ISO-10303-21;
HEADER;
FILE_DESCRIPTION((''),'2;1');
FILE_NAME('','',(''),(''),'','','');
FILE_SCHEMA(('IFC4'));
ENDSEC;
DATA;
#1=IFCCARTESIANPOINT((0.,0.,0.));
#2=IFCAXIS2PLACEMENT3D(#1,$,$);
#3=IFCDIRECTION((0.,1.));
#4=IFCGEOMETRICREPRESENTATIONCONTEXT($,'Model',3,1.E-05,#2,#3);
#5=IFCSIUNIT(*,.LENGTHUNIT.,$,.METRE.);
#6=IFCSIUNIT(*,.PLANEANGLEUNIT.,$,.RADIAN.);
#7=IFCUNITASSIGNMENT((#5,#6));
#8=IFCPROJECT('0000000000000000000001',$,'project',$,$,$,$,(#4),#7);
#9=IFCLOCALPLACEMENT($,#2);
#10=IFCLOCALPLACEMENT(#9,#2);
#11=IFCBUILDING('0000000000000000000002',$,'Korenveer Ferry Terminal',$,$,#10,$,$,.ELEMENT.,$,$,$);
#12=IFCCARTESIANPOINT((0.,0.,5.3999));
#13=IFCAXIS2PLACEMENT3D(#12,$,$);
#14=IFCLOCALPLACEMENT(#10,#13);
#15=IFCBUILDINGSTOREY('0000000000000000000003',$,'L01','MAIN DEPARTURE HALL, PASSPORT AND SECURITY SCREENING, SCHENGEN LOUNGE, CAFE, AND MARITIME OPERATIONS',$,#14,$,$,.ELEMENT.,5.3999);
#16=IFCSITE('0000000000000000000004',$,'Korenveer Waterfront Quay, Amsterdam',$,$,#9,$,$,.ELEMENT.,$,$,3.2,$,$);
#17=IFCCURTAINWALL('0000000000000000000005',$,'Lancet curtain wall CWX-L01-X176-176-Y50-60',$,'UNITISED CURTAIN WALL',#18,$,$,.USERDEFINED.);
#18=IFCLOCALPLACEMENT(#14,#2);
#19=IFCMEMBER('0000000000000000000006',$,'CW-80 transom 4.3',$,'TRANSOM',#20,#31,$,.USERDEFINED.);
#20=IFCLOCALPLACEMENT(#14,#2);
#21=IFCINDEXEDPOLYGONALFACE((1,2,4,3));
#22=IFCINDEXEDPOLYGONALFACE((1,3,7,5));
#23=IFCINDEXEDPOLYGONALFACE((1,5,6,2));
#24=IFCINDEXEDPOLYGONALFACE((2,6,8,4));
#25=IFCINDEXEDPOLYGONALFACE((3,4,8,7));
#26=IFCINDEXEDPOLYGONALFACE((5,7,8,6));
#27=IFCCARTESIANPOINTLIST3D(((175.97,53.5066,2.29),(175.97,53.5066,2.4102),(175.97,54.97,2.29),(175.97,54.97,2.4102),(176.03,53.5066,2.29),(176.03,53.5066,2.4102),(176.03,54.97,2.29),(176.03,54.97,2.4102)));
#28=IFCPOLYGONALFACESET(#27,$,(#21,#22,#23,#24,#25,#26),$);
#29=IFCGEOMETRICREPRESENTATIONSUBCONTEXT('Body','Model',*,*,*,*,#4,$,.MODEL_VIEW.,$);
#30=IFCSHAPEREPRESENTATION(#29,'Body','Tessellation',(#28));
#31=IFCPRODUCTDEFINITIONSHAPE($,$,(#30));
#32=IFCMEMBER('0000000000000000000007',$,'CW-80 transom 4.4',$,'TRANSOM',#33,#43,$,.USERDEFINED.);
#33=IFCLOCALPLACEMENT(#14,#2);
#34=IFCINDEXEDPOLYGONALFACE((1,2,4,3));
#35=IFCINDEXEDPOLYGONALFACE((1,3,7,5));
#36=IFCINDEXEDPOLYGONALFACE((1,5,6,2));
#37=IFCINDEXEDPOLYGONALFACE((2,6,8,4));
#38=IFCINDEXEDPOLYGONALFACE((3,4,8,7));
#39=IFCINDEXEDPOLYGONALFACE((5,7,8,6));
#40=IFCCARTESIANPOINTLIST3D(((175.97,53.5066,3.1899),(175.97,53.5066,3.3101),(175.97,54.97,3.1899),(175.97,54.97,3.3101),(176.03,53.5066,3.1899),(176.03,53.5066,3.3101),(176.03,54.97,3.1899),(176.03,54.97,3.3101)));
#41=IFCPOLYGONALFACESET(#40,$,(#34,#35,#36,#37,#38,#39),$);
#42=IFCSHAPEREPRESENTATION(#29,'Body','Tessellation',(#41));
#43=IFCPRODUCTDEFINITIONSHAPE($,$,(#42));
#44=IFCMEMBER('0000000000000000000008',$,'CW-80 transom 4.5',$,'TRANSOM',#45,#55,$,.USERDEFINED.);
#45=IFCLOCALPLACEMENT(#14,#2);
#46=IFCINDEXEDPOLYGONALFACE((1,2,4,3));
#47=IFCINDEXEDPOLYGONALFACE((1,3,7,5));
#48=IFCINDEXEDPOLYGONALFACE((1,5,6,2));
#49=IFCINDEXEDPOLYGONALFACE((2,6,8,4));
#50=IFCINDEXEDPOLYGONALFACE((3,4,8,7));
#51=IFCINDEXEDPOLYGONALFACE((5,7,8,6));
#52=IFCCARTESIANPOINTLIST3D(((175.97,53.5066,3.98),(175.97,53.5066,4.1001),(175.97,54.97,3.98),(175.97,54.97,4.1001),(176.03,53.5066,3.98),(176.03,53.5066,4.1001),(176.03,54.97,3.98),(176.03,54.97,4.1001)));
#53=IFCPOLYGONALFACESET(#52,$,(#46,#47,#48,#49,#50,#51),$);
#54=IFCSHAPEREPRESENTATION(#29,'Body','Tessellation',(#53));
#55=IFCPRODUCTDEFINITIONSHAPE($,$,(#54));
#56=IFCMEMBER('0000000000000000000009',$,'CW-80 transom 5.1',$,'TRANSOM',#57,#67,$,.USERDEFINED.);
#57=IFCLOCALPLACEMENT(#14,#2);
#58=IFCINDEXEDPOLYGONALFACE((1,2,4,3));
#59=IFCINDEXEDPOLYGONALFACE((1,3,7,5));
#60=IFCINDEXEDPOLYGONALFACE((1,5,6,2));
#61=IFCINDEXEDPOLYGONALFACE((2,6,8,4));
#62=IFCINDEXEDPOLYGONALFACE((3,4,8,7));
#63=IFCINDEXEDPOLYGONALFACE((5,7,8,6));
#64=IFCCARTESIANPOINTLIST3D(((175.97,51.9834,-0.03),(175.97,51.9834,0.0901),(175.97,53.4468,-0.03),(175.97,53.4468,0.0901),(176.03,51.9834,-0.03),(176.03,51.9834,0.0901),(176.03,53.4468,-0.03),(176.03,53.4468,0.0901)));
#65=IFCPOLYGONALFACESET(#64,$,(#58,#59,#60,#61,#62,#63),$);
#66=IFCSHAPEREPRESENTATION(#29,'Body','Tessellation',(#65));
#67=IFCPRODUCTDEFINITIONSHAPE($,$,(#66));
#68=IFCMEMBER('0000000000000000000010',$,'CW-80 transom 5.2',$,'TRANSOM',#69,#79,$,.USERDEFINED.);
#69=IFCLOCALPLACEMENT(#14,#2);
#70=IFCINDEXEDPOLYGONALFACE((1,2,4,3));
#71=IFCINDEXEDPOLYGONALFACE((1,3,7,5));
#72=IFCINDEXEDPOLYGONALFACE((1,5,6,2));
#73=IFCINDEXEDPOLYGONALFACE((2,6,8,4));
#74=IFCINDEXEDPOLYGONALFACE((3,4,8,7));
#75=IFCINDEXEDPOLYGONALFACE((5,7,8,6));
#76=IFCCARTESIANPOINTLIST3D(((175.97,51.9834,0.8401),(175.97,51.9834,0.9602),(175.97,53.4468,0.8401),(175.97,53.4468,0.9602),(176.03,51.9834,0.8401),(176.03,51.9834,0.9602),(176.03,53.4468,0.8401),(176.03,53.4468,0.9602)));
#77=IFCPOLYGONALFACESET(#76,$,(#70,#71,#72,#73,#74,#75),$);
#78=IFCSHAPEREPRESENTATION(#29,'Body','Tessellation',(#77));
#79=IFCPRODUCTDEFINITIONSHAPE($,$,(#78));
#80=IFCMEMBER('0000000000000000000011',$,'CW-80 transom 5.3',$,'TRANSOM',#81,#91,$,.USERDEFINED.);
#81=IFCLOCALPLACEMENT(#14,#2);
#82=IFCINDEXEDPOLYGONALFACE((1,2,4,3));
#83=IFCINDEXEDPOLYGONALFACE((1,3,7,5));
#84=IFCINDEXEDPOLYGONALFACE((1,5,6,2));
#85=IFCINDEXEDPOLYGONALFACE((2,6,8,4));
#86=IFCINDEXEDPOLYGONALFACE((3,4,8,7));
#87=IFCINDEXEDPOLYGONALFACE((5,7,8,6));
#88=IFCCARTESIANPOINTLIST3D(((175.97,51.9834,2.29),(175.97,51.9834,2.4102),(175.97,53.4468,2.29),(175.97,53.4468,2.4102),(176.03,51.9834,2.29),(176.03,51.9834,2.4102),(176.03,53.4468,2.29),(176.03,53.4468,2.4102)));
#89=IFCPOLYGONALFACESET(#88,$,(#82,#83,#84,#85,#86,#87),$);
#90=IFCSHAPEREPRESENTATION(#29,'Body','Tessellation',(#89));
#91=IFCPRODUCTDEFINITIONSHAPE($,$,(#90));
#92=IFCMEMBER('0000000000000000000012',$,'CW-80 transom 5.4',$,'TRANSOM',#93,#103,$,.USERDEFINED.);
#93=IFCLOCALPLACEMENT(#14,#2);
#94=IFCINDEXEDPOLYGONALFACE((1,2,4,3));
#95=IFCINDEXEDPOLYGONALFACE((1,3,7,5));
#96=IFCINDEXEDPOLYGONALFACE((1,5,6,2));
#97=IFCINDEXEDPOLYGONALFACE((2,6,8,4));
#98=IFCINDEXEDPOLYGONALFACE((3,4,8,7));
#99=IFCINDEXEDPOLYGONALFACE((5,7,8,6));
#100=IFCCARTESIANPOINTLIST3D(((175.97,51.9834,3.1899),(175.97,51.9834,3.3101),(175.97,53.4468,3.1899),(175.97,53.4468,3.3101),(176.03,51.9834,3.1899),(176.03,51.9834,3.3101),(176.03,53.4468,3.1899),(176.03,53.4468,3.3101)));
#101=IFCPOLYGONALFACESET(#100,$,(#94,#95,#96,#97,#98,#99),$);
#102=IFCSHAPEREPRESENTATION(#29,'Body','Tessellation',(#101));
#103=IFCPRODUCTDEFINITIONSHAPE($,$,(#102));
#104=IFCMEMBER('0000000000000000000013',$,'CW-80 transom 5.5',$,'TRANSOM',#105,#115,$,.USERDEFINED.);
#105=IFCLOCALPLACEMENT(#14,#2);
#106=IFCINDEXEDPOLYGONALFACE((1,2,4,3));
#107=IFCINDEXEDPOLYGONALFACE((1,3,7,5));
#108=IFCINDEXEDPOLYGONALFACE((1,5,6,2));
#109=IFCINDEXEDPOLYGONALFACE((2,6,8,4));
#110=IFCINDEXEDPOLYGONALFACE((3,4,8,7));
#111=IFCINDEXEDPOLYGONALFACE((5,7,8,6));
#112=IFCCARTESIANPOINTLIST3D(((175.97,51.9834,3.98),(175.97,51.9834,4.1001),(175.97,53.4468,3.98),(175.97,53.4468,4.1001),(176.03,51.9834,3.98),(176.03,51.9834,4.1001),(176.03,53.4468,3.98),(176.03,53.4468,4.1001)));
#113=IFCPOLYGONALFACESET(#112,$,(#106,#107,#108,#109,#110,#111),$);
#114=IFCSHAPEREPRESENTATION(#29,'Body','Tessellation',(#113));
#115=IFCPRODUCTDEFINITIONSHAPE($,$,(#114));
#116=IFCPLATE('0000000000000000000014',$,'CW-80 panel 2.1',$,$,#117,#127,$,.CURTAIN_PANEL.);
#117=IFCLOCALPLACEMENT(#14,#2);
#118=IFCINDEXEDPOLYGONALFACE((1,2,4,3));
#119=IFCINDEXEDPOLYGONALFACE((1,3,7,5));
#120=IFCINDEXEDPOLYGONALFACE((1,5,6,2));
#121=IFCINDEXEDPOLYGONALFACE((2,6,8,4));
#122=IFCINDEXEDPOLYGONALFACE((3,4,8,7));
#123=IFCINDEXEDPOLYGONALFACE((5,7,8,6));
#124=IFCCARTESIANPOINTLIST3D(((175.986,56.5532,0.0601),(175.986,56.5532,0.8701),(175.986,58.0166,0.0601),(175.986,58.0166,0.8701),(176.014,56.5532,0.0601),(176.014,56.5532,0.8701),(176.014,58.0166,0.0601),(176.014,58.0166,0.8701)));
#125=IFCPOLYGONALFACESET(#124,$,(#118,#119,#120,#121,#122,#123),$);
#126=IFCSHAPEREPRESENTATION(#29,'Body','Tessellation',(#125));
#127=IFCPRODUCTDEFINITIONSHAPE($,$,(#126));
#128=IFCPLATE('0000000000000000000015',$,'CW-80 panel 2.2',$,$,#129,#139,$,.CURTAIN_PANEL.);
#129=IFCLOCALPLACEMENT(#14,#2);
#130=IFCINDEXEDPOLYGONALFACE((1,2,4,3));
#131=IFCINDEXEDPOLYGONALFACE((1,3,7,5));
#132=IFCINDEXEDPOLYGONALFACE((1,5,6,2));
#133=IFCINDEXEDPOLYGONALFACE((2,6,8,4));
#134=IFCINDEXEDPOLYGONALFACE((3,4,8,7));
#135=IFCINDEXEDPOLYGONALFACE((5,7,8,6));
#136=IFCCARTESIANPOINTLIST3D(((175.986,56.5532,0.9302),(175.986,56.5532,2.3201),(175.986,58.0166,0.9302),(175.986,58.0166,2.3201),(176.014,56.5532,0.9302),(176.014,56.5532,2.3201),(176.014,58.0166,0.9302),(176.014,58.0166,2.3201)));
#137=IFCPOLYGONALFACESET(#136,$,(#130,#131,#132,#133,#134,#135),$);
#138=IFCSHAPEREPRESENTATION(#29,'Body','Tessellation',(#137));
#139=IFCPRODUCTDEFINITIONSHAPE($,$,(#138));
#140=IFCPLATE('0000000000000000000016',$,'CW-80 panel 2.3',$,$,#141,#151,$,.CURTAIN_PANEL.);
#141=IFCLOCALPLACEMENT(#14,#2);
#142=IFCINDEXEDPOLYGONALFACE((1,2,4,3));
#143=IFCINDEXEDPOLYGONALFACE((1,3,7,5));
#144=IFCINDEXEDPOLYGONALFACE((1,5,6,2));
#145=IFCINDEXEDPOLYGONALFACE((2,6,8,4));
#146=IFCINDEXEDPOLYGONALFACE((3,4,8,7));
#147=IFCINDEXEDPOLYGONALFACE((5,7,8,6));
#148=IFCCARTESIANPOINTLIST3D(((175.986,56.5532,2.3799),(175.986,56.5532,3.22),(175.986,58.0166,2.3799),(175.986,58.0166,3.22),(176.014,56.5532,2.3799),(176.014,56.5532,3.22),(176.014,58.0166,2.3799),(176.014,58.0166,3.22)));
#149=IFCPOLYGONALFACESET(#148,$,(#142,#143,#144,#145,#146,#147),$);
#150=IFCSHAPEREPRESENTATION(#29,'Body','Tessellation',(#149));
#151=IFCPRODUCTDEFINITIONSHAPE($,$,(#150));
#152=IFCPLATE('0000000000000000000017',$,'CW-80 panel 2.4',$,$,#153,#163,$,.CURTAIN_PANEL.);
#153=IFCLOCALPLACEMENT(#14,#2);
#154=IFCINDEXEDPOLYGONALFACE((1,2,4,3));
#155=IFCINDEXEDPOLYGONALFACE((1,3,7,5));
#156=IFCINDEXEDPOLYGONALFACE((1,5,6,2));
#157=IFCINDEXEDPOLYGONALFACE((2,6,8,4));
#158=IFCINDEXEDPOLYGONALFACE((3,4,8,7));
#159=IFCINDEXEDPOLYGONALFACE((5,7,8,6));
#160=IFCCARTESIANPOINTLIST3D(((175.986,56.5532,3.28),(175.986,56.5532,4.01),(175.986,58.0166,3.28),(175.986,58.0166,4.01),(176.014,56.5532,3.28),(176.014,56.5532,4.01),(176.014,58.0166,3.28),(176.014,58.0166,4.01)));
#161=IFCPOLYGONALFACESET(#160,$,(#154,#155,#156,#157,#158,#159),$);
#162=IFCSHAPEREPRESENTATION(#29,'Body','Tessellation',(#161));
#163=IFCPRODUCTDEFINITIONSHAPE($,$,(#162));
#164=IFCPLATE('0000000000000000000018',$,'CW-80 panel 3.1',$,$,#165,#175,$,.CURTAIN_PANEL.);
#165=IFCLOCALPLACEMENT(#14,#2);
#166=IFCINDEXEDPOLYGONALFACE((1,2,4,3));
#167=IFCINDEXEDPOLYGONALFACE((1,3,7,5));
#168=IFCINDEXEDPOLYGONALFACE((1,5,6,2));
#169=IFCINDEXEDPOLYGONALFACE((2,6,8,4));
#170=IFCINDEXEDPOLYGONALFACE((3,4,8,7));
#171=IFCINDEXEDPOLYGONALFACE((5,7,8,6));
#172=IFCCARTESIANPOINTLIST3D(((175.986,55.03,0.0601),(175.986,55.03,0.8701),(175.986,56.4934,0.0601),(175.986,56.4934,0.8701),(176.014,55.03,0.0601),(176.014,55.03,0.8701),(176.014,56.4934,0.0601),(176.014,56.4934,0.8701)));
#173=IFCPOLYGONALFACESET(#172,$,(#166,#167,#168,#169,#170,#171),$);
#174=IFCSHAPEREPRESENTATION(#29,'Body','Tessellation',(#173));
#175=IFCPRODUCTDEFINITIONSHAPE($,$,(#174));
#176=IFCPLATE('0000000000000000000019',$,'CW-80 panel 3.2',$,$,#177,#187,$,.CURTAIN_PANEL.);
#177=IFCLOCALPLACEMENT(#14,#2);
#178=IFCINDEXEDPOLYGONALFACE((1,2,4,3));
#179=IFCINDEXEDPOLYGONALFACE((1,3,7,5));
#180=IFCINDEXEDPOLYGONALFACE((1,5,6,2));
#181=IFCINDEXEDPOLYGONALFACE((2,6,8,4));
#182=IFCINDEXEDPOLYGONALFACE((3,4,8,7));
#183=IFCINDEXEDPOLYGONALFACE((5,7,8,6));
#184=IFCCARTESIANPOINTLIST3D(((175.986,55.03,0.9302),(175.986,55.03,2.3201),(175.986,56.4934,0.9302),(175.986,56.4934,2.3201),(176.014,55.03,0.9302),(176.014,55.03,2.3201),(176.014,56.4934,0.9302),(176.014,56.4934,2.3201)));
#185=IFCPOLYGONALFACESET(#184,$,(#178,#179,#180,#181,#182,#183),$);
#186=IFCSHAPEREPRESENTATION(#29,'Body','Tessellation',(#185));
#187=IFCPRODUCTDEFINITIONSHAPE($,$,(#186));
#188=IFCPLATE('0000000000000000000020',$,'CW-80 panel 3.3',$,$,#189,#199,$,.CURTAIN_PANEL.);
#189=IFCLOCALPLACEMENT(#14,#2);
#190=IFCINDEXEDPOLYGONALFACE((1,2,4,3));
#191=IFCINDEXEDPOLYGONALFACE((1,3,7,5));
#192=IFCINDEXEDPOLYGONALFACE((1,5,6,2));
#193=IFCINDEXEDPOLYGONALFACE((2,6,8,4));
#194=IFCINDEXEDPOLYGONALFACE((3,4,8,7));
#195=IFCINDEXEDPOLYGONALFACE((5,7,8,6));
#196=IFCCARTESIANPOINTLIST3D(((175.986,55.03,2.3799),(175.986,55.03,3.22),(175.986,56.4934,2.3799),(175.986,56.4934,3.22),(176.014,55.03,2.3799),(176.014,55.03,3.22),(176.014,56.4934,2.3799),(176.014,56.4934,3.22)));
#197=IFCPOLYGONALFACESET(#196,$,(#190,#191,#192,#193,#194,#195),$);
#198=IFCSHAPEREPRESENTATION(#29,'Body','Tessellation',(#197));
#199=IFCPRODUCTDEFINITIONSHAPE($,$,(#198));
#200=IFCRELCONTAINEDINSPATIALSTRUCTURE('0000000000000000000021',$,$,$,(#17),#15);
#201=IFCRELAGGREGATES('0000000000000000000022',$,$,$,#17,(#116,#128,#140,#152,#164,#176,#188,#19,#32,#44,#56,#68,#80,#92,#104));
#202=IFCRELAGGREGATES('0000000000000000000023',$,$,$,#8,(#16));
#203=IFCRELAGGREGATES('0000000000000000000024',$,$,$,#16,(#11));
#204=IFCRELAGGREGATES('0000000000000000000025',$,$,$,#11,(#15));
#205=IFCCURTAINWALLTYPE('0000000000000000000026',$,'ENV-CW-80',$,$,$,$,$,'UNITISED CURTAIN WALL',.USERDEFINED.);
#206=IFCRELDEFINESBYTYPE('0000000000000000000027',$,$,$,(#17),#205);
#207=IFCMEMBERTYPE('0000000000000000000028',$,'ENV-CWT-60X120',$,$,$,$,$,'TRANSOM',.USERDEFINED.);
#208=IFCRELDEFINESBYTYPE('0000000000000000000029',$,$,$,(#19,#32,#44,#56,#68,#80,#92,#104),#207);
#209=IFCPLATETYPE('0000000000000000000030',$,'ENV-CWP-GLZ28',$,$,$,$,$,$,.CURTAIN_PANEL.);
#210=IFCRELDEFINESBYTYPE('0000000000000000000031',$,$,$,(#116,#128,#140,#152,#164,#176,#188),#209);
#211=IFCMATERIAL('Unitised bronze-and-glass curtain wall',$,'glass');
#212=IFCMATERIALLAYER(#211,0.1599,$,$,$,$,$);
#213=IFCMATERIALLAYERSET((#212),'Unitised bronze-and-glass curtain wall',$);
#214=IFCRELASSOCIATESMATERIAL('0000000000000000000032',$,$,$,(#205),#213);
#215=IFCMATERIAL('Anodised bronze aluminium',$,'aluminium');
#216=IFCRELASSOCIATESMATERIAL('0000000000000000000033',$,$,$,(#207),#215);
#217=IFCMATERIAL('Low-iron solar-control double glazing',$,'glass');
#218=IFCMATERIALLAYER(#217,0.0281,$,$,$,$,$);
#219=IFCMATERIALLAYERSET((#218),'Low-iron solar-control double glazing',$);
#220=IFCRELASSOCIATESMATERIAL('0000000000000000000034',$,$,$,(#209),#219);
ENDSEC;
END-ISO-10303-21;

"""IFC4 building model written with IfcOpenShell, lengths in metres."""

from ifc_helpers import new_model, si_unit, direction, frame, origin, origin_2d, place, context, subcontext, project, spatial, rectangle, extrude, material, layer, layer_set, material_profile, profile_set, type_object, element, aggregate, save


model = new_model("IFC4")

# Units and contexts
model_context = context("Model", 3, precision=1e-05, world=origin(), true_north=direction((0.0, 1.0)))
body_context = subcontext(model_context, "Body", "Model", "MODEL_VIEW")
ifc_project = project(units=[si_unit("LENGTHUNIT", "METRE"), si_unit("PLANEANGLEUNIT", "RADIAN")], contexts=[model_context])

# Site, building, storey
site_placement = place(None, origin())
site = spatial("IfcSite", under=ifc_project, at=site_placement, Name="Korenveer Waterfront Quay, Amsterdam", CompositionType="ELEMENT", RefElevation=3.2)
building_placement = place(site_placement, origin())
building = spatial("IfcBuilding", under=site, at=building_placement, Name="Korenveer Ferry Terminal", CompositionType="ELEMENT")
storey_placement = place(building_placement, frame((0.0, 0.0, 5.3999)))
storey = spatial("IfcBuildingStorey", under=building, at=storey_placement, Name="L01", Description="MAIN DEPARTURE HALL, PASSPORT AND SECURITY SCREENING, SCHENGEN LOUNGE, CAFE, AND MARITIME OPERATIONS", CompositionType="ELEMENT", Elevation=5.3999)

# Curtain wall, members, plates
ifc_material_1 = material(Name="Unitised bronze-and-glass curtain wall", Category="glass")
ifc_layer_1 = layer(ifc_material_1, 0.1599)
ifc_layer_set_1 = layer_set([ifc_layer_1], Name="Unitised bronze-and-glass curtain wall")
curtain_wall_type = type_object("IfcCurtainWallType", Name="ENV-CW-80", ElementType="UNITISED CURTAIN WALL", PredefinedType="USERDEFINED", material=ifc_layer_set_1)
curtain_wall_placement = place(storey_placement, frame((176.0, 59.5701, 0.0)))
curtain_wall = element("IfcCurtainWall", 1, at=curtain_wall_placement, inside=storey, type_object=curtain_wall_type, Name="Lancet curtain wall CWX-L01-X176-176-Y50-60", ObjectType="UNITISED CURTAIN WALL", PredefinedType="USERDEFINED")
ifc_material_2 = material(Name="Anodised bronze aluminium", Category="aluminium")
ifc_material_profile_1 = material_profile(ifc_material_2, rectangle(XDim=0.0601, YDim=0.1201, at=origin_2d()), Name="ALU 60x120")
ifc_profile_set_1 = profile_set([ifc_material_profile_1], Name="Anodised bronze aluminium")
member_type_1 = type_object("IfcMemberType", Name="ENV-CWT-60X120", ElementType="TRANSOM", PredefinedType="USERDEFINED", material=ifc_profile_set_1)
member_1_placement = place(storey_placement, frame((176.0, 54.97, 2.3501), z_axis=(0.0, -1.0, 0.0), x_axis=(1.0, 0.0, 0.0)))
member_1 = element("IfcMember", 2, at=member_1_placement, type_object=member_type_1, Name="CW-80 transom 4.3", ObjectType="TRANSOM", PredefinedType="USERDEFINED", context=body_context, shape_type="SweptSolid", body=[
    extrude(rectangle(XDim=0.0601, YDim=0.1201, at=origin_2d()), origin(), (0.0, 0.0, 1.0), 1.4634),
])
member_2_placement = place(storey_placement, frame((176.0, 54.97, 3.25), z_axis=(0.0, -1.0, 0.0), x_axis=(1.0, 0.0, 0.0)))
member_2 = element("IfcMember", 3, at=member_2_placement, type_object=member_type_1, Name="CW-80 transom 4.4", ObjectType="TRANSOM", PredefinedType="USERDEFINED", context=body_context, shape_type="SweptSolid", body=[
    extrude(rectangle(XDim=0.0601, YDim=0.1201, at=origin_2d()), origin(), (0.0, 0.0, 1.0), 1.4634),
])
member_3_placement = place(storey_placement, frame((176.0, 54.97, 4.04), z_axis=(0.0, -1.0, 0.0), x_axis=(1.0, 0.0, 0.0)))
member_3 = element("IfcMember", 4, at=member_3_placement, type_object=member_type_1, Name="CW-80 transom 4.5", ObjectType="TRANSOM", PredefinedType="USERDEFINED", context=body_context, shape_type="SweptSolid", body=[
    extrude(rectangle(XDim=0.0601, YDim=0.1201, at=origin_2d()), origin(), (0.0, 0.0, 1.0), 1.4634),
])
member_4_placement = place(storey_placement, frame((176.0, 53.4468, 0.03), z_axis=(0.0, -1.0, 0.0), x_axis=(1.0, 0.0, 0.0)))
member_4 = element("IfcMember", 5, at=member_4_placement, type_object=member_type_1, Name="CW-80 transom 5.1", ObjectType="TRANSOM", PredefinedType="USERDEFINED", context=body_context, shape_type="SweptSolid", body=[
    extrude(rectangle(XDim=0.0601, YDim=0.1201, at=origin_2d()), origin(), (0.0, 0.0, 1.0), 1.4634),
])
member_5_placement = place(storey_placement, frame((176.0, 53.4468, 0.9001), z_axis=(0.0, -1.0, 0.0), x_axis=(1.0, 0.0, 0.0)))
member_5 = element("IfcMember", 6, at=member_5_placement, type_object=member_type_1, Name="CW-80 transom 5.2", ObjectType="TRANSOM", PredefinedType="USERDEFINED", context=body_context, shape_type="SweptSolid", body=[
    extrude(rectangle(XDim=0.0601, YDim=0.1201, at=origin_2d()), origin(), (0.0, 0.0, 1.0), 1.4634),
])
member_6_placement = place(storey_placement, frame((176.0, 53.4468, 2.3501), z_axis=(0.0, -1.0, 0.0), x_axis=(1.0, 0.0, 0.0)))
member_6 = element("IfcMember", 7, at=member_6_placement, type_object=member_type_1, Name="CW-80 transom 5.3", ObjectType="TRANSOM", PredefinedType="USERDEFINED", context=body_context, shape_type="SweptSolid", body=[
    extrude(rectangle(XDim=0.0601, YDim=0.1201, at=origin_2d()), origin(), (0.0, 0.0, 1.0), 1.4634),
])
member_7_placement = place(storey_placement, frame((176.0, 53.4468, 3.25), z_axis=(0.0, -1.0, 0.0), x_axis=(1.0, 0.0, 0.0)))
member_7 = element("IfcMember", 8, at=member_7_placement, type_object=member_type_1, Name="CW-80 transom 5.4", ObjectType="TRANSOM", PredefinedType="USERDEFINED", context=body_context, shape_type="SweptSolid", body=[
    extrude(rectangle(XDim=0.0601, YDim=0.1201, at=origin_2d()), origin(), (0.0, 0.0, 1.0), 1.4634),
])
member_8_placement = place(storey_placement, frame((176.0, 53.4468, 4.04), z_axis=(0.0, -1.0, 0.0), x_axis=(1.0, 0.0, 0.0)))
member_8 = element("IfcMember", 9, at=member_8_placement, type_object=member_type_1, Name="CW-80 transom 5.5", ObjectType="TRANSOM", PredefinedType="USERDEFINED", context=body_context, shape_type="SweptSolid", body=[
    extrude(rectangle(XDim=0.0601, YDim=0.1201, at=origin_2d()), origin(), (0.0, 0.0, 1.0), 1.4634),
])
ifc_material_3 = material(Name="Low-iron solar-control double glazing", Category="glass")
ifc_layer_2 = layer(ifc_material_3, 0.0281)
ifc_layer_set_2 = layer_set([ifc_layer_2], Name="Low-iron solar-control double glazing")
plate_type = type_object("IfcPlateType", Name="ENV-CWP-GLZ28", PredefinedType="CURTAIN_PANEL", material=ifc_layer_set_2)
plate_1_placement = place(storey_placement, frame((176.0, 57.2849, 0.0601), z_axis=(0.0, 0.0, 1.0), x_axis=(0.0, -1.0, 0.0)))
plate_1 = element("IfcPlate", 10, at=plate_1_placement, type_object=plate_type, Name="CW-80 panel 2.1", PredefinedType="CURTAIN_PANEL", context=body_context, shape_type="SweptSolid", body=[
    extrude(rectangle(XDim=1.4634, YDim=0.0281, at=origin_2d()), origin(), (0.0, 0.0, 1.0), 0.8101),
])
plate_2_placement = place(storey_placement, frame((176.0, 57.2849, 0.9302), z_axis=(0.0, 0.0, 1.0), x_axis=(0.0, -1.0, 0.0)))
plate_2 = element("IfcPlate", 11, at=plate_2_placement, type_object=plate_type, Name="CW-80 panel 2.2", PredefinedType="CURTAIN_PANEL", context=body_context, shape_type="SweptSolid", body=[
    extrude(rectangle(XDim=1.4634, YDim=0.0281, at=origin_2d()), origin(), (0.0, 0.0, 1.0), 1.3899),
])
plate_3_placement = place(storey_placement, frame((176.0, 57.2849, 2.3799), z_axis=(0.0, 0.0, 1.0), x_axis=(0.0, -1.0, 0.0)))
plate_3 = element("IfcPlate", 12, at=plate_3_placement, type_object=plate_type, Name="CW-80 panel 2.3", PredefinedType="CURTAIN_PANEL", context=body_context, shape_type="SweptSolid", body=[
    extrude(rectangle(XDim=1.4634, YDim=0.0281, at=origin_2d()), origin(), (0.0, 0.0, 1.0), 0.8401),
])
plate_4_placement = place(storey_placement, frame((176.0, 57.2849, 3.28), z_axis=(0.0, 0.0, 1.0), x_axis=(0.0, -1.0, 0.0)))
plate_4 = element("IfcPlate", 13, at=plate_4_placement, type_object=plate_type, Name="CW-80 panel 2.4", PredefinedType="CURTAIN_PANEL", context=body_context, shape_type="SweptSolid", body=[
    extrude(rectangle(XDim=1.4634, YDim=0.0281, at=origin_2d()), origin(), (0.0, 0.0, 1.0), 0.73),
])
plate_5_placement = place(storey_placement, frame((176.0, 55.7617, 0.0601), z_axis=(0.0, 0.0, 1.0), x_axis=(0.0, -1.0, 0.0)))
plate_5 = element("IfcPlate", 14, at=plate_5_placement, type_object=plate_type, Name="CW-80 panel 3.1", PredefinedType="CURTAIN_PANEL", context=body_context, shape_type="SweptSolid", body=[
    extrude(rectangle(XDim=1.4634, YDim=0.0281, at=origin_2d()), origin(), (0.0, 0.0, 1.0), 0.8101),
])
plate_6_placement = place(storey_placement, frame((176.0, 55.7617, 0.9302), z_axis=(0.0, 0.0, 1.0), x_axis=(0.0, -1.0, 0.0)))
plate_6 = element("IfcPlate", 15, at=plate_6_placement, type_object=plate_type, Name="CW-80 panel 3.2", PredefinedType="CURTAIN_PANEL", context=body_context, shape_type="SweptSolid", body=[
    extrude(rectangle(XDim=1.4634, YDim=0.0281, at=origin_2d()), origin(), (0.0, 0.0, 1.0), 1.3899),
])
plate_7_placement = place(storey_placement, frame((176.0, 55.7617, 2.3799), z_axis=(0.0, 0.0, 1.0), x_axis=(0.0, -1.0, 0.0)))
plate_7 = element("IfcPlate", 16, at=plate_7_placement, type_object=plate_type, Name="CW-80 panel 3.3", PredefinedType="CURTAIN_PANEL", context=body_context, shape_type="SweptSolid", body=[
    extrude(rectangle(XDim=1.4634, YDim=0.0281, at=origin_2d()), origin(), (0.0, 0.0, 1.0), 0.8401),
])
aggregate(curtain_wall, [plate_1, plate_2, plate_3, plate_4, plate_5, plate_6, plate_7, member_1, member_2, member_3, member_4, member_5, member_6, member_7, member_8])

save(model, "model.ifc")
